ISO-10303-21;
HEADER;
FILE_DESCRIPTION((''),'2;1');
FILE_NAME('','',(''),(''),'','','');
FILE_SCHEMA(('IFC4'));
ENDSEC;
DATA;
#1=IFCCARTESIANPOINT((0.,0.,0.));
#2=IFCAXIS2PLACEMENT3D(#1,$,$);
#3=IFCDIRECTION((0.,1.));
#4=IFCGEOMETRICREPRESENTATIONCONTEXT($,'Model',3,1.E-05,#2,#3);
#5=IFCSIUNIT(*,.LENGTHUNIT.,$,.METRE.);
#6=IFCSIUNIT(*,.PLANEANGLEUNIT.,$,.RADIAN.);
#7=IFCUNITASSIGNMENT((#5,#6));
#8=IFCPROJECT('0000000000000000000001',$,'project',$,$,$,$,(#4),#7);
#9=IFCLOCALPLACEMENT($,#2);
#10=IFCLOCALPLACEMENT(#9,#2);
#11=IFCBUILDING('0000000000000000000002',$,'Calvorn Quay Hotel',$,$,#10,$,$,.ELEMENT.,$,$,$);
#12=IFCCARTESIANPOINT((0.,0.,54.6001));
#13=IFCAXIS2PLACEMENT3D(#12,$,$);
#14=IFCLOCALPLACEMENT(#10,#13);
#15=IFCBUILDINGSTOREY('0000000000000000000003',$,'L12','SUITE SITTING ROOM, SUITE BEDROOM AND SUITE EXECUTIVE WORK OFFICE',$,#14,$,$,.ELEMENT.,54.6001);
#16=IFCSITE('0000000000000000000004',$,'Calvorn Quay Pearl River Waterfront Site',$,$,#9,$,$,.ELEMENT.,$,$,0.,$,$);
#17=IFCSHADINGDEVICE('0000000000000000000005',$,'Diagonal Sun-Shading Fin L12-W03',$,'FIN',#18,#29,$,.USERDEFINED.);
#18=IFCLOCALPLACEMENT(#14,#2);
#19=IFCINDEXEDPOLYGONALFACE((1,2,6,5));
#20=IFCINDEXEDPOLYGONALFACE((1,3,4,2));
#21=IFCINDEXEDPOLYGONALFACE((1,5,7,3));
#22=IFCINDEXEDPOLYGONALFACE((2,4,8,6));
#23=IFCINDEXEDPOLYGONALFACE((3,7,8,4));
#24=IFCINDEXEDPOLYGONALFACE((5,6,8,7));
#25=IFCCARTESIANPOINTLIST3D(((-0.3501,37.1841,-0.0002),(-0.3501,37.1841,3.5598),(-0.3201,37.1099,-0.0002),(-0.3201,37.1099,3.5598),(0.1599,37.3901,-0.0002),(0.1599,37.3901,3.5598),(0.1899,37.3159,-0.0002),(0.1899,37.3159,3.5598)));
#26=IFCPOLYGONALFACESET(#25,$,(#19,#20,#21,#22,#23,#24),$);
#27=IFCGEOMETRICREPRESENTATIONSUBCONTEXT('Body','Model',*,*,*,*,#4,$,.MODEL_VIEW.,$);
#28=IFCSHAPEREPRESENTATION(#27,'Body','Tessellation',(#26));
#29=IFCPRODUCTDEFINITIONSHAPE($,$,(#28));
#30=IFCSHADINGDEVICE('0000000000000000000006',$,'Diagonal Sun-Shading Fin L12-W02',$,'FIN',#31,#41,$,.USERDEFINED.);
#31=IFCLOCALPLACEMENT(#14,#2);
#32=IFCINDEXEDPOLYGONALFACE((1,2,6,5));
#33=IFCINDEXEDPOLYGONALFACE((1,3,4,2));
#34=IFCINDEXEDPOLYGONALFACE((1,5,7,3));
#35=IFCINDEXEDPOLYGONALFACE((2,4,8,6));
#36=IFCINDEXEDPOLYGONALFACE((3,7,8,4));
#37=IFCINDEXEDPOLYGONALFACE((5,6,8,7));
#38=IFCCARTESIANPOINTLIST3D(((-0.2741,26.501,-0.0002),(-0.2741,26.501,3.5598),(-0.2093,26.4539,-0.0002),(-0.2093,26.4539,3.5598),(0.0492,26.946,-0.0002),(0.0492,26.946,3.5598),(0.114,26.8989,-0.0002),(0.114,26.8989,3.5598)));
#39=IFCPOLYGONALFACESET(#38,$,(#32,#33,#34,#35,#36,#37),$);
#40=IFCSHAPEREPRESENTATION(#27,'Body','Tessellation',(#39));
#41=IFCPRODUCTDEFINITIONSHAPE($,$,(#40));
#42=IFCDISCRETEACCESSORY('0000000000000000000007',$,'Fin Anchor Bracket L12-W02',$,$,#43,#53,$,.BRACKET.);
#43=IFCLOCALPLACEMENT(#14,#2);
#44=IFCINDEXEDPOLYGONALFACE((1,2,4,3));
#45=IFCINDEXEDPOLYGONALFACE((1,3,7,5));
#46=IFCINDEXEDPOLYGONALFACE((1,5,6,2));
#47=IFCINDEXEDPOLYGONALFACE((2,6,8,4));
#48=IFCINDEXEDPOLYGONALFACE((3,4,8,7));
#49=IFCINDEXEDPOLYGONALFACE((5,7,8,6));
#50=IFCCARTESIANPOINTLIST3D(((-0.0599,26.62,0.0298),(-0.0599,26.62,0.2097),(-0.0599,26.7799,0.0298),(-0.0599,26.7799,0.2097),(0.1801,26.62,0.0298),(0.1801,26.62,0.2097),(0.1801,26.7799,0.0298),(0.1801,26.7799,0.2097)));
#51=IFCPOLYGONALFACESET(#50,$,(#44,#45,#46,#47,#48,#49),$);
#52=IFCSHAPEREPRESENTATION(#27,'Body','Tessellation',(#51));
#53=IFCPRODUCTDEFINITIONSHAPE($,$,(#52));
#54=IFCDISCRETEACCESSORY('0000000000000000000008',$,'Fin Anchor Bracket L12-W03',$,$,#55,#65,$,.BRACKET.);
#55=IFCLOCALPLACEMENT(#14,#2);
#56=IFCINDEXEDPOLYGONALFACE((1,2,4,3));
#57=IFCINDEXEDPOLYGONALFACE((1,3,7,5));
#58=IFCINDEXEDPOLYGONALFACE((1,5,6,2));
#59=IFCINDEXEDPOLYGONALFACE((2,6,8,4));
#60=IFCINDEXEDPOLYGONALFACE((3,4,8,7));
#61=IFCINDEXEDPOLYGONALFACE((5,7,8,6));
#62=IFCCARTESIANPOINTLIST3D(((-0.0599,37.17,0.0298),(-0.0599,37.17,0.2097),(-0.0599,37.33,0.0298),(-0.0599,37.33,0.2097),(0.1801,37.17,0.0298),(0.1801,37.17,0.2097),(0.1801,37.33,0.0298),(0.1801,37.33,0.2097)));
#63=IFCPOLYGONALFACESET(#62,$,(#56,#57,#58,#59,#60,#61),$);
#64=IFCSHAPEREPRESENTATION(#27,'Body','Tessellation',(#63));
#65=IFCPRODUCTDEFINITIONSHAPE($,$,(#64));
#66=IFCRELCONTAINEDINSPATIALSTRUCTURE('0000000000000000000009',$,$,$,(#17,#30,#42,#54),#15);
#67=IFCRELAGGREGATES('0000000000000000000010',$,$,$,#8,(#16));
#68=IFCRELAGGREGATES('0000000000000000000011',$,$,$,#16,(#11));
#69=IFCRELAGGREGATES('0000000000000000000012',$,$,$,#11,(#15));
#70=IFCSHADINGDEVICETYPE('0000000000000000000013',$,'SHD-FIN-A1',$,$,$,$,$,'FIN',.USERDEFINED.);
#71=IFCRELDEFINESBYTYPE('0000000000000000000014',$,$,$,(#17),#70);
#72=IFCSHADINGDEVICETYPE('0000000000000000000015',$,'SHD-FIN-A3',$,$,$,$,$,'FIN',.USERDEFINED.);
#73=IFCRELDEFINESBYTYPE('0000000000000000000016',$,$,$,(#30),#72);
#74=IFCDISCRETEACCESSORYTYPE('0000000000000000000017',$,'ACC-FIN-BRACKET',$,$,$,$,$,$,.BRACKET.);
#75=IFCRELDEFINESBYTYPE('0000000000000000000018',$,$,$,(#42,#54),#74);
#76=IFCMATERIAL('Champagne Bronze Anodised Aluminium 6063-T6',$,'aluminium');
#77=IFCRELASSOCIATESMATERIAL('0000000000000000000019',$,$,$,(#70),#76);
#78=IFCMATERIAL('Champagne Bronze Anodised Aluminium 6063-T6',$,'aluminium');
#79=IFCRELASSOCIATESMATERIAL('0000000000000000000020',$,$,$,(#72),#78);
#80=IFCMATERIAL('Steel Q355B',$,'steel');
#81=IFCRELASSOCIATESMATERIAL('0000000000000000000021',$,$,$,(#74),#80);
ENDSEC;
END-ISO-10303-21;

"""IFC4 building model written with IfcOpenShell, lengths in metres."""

from ifc_helpers import new_model, si_unit, direction, frame, origin, origin_2d, place, context, subcontext, project, spatial, rectangle, extrude, material, type_object, element, save


model = new_model("IFC4")

# Units and contexts
model_context = context("Model", 3, precision=1e-05, world=origin(), true_north=direction((0.0, 1.0)))
body_context = subcontext(model_context, "Body", "Model", "MODEL_VIEW")
ifc_project = project(units=[si_unit("LENGTHUNIT", "METRE"), si_unit("PLANEANGLEUNIT", "RADIAN")], contexts=[model_context])

# Site, building, storey
site_placement = place(None, origin())
site = spatial("IfcSite", under=ifc_project, at=site_placement, Name="Calvorn Quay Pearl River Waterfront Site", CompositionType="ELEMENT", RefElevation=0.0)
building_placement = place(site_placement, origin())
building = spatial("IfcBuilding", under=site, at=building_placement, Name="Calvorn Quay Hotel", CompositionType="ELEMENT")
storey_placement = place(building_placement, frame((0.0, 0.0, 54.6001)))
storey = spatial("IfcBuildingStorey", under=building, at=storey_placement, Name="L12", Description="SUITE SITTING ROOM, SUITE BEDROOM AND SUITE EXECUTIVE WORK OFFICE", CompositionType="ELEMENT", Elevation=54.6001)

# Shading devices
ifc_material_1 = material(Name="Champagne Bronze Anodised Aluminium 6063-T6", Category="aluminium")
shading_device_type_1 = type_object("IfcShadingDeviceType", Name="SHD-FIN-A1", ElementType="FIN", PredefinedType="USERDEFINED", material=ifc_material_1)
shading_device_1_placement = place(storey_placement, frame((-0.0801, 37.25, -0.0002), z_axis=(0.0, 0.0, 1.0), x_axis=(0.927184, 0.374607, 0.0)))
element("IfcShadingDevice", 1, at=shading_device_1_placement, inside=storey, type_object=shading_device_type_1, Name="Diagonal Sun-Shading Fin L12-W03", ObjectType="FIN", PredefinedType="USERDEFINED", context=body_context, shape_type="SweptSolid", body=[
    extrude(rectangle(XDim=0.55, YDim=0.0801, at=origin_2d()), origin(), (0.0, 0.0, 1.0), 3.5601),
])
ifc_material_2 = material(Name="Champagne Bronze Anodised Aluminium 6063-T6", Category="aluminium")
shading_device_type_2 = type_object("IfcShadingDeviceType", Name="SHD-FIN-A3", ElementType="FIN", PredefinedType="USERDEFINED", material=ifc_material_2)
shading_device_2_placement = place(storey_placement, frame((-0.0801, 26.7, -0.0002), z_axis=(0.0, 0.0, 1.0), x_axis=(0.587785, 0.809017, 0.0)))
element("IfcShadingDevice", 2, at=shading_device_2_placement, inside=storey, type_object=shading_device_type_2, Name="Diagonal Sun-Shading Fin L12-W02", ObjectType="FIN", PredefinedType="USERDEFINED", context=body_context, shape_type="SweptSolid", body=[
    extrude(rectangle(XDim=0.55, YDim=0.0801, at=origin_2d()), origin(), (0.0, 0.0, 1.0), 3.5601),
])

# Discrete accessories
ifc_material_3 = material(Name="Steel Q355B", Category="steel")
discrete_accessory_type = type_object("IfcDiscreteAccessoryType", Name="ACC-FIN-BRACKET", PredefinedType="BRACKET", material=ifc_material_3)
for number, where, z_axis, x_axis, name in (
    (3, (0.0601, 26.7, 0.0298), (0.0, 0.0, 1.0), (1.0, 0.0, 0.0), "Fin Anchor Bracket L12-W02"),
    (4, (0.0601, 37.25, 0.0298), (0.0, 0.0, 1.0), (1.0, 0.0, 0.0), "Fin Anchor Bracket L12-W03"),
):
    element("IfcDiscreteAccessory", number, at=place(storey_placement, frame(where, z_axis=z_axis, x_axis=x_axis)), inside=storey, type_object=discrete_accessory_type, Name=name, PredefinedType="BRACKET", context=body_context, shape_type="SweptSolid", body=[
        extrude(rectangle(XDim=0.24, YDim=0.1599, at=origin_2d()), origin(), (0.0, 0.0, 1.0), 0.1799),
    ])

save(model, "model.ifc")
